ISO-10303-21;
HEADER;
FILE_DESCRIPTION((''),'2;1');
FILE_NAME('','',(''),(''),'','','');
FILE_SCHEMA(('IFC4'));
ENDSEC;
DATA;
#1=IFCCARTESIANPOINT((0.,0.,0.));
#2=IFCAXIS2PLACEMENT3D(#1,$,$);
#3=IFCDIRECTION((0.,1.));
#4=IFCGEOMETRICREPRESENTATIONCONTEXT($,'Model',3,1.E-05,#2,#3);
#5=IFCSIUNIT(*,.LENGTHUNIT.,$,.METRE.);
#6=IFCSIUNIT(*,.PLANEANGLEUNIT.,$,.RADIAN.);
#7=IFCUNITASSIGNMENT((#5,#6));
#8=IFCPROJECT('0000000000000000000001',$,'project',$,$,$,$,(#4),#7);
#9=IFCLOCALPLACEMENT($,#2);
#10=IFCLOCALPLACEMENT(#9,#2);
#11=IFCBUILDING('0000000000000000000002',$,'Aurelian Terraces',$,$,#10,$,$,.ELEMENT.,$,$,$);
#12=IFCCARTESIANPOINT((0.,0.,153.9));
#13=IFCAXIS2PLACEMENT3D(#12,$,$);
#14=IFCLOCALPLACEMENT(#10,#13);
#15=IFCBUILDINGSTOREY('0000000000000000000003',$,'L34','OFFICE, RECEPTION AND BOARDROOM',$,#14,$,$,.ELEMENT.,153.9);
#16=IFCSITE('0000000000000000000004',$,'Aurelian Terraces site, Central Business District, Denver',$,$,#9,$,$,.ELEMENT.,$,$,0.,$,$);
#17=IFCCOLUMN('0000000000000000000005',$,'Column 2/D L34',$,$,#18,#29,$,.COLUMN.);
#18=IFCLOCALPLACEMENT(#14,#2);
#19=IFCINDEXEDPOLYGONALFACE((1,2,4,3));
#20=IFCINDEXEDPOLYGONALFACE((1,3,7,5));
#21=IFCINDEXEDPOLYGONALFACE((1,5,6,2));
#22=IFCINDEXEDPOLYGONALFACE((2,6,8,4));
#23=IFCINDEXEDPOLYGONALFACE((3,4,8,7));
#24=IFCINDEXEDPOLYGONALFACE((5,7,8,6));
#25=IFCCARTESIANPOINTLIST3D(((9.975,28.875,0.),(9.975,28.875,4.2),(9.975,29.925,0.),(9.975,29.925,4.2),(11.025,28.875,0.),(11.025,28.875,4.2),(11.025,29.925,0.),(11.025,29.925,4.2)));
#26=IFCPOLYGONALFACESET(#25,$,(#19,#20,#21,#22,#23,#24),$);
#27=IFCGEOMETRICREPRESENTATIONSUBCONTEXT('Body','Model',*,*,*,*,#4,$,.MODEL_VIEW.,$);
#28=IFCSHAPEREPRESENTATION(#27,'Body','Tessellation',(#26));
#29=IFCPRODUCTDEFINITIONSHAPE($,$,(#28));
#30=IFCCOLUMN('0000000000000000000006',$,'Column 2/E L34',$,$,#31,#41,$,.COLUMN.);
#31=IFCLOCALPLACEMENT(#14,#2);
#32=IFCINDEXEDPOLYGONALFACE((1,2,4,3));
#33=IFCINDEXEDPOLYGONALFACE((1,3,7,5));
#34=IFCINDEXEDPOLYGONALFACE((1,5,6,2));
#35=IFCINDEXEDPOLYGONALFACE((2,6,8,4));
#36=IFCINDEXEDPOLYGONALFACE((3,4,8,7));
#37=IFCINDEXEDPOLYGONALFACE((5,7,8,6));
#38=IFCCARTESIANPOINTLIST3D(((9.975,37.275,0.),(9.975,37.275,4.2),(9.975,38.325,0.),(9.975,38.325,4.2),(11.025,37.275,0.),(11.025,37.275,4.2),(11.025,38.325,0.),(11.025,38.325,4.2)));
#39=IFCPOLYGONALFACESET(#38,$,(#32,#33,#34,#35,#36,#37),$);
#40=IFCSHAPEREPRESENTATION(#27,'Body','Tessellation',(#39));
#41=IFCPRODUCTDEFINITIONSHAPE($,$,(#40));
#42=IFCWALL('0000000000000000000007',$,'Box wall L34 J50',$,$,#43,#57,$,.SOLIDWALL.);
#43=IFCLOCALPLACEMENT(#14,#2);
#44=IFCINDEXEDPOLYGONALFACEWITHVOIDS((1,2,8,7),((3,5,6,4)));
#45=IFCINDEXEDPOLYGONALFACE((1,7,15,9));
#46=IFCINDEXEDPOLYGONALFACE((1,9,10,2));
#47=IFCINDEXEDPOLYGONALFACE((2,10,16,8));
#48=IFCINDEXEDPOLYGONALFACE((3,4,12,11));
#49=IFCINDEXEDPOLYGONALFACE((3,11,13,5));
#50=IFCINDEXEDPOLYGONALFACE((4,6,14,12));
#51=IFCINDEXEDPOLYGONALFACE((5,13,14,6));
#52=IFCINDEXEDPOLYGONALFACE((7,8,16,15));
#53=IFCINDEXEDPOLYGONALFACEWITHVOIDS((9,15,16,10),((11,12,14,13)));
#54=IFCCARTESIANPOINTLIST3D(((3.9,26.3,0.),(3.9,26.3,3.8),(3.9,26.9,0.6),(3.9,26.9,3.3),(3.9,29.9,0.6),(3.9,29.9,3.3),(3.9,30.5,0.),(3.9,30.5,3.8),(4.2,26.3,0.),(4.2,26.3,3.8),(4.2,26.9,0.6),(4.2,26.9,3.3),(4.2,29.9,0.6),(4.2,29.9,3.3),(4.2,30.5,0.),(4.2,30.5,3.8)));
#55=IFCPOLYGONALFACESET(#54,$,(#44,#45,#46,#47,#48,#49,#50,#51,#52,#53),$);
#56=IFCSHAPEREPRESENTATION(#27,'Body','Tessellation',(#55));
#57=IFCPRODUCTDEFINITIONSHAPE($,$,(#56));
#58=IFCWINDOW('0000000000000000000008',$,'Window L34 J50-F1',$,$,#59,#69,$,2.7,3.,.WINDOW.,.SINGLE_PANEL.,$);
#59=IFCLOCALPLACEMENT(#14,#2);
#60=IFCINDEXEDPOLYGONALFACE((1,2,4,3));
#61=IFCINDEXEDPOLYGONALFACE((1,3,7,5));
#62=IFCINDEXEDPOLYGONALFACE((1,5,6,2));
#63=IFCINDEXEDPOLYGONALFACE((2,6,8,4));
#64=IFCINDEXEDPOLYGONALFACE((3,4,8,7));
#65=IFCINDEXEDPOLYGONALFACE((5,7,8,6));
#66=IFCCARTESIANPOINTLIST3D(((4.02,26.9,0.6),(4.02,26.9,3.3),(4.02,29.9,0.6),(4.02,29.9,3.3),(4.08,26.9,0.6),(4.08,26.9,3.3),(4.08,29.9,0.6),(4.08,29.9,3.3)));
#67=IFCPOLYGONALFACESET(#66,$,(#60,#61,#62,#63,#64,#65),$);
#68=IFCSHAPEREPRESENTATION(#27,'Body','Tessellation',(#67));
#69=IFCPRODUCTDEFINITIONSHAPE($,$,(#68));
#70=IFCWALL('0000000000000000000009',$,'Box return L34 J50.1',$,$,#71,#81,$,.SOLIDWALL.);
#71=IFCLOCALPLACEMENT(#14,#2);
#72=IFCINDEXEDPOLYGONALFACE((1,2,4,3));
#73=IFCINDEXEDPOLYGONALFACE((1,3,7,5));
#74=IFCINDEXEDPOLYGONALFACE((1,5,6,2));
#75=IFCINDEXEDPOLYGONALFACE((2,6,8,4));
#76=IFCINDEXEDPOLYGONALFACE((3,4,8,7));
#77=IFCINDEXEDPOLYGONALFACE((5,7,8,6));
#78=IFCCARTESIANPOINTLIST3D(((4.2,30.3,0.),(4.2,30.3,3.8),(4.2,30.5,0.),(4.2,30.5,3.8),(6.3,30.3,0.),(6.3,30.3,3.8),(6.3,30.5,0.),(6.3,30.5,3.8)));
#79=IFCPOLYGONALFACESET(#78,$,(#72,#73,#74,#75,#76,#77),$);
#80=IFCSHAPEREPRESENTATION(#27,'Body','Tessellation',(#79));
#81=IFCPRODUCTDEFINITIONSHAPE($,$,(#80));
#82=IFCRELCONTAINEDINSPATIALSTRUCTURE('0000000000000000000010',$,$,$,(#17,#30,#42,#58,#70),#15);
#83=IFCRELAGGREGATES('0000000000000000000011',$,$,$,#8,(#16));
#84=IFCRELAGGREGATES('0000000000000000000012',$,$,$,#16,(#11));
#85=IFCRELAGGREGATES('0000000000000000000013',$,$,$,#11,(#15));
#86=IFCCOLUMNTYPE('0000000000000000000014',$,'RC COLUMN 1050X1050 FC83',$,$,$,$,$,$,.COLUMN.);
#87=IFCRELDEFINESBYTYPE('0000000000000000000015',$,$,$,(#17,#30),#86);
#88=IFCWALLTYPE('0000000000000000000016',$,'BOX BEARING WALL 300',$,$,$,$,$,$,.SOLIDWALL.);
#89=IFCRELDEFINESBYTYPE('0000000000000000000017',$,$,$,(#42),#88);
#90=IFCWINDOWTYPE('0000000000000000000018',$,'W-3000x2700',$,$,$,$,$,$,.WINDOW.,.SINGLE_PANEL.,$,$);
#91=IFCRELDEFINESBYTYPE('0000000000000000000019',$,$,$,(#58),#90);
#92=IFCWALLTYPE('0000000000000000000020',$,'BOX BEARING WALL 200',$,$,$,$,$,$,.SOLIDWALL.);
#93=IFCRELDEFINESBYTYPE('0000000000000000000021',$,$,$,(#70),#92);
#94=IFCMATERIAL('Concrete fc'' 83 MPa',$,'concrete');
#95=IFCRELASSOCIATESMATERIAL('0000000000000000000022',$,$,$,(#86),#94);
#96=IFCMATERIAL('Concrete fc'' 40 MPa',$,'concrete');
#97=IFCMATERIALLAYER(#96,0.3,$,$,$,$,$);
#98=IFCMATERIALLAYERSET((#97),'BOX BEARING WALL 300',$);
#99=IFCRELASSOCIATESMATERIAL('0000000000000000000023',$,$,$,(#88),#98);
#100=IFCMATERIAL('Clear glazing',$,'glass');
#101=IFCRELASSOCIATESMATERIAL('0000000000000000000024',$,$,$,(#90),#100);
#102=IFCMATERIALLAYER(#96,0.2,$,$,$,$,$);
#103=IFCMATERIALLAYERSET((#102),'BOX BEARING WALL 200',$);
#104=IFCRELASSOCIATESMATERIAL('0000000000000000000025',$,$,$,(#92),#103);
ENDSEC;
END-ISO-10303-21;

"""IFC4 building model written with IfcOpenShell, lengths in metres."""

from ifc_helpers import new_model, si_unit, direction, frame, frame_2d, origin, origin_2d, place, context, subcontext, project, spatial, rectangle, extrude, source, transform, mapped, material, layer, layer_set, material_profile, profile_set, type_object, element, fill, save


model = new_model("IFC4")

# Units and contexts
model_context = context("Model", 3, precision=1e-05, world=origin(), true_north=direction((0.0, 1.0)))
body_context = subcontext(model_context, "Body", "Model", "MODEL_VIEW")
ifc_project = project(units=[si_unit("LENGTHUNIT", "METRE"), si_unit("PLANEANGLEUNIT", "RADIAN")], contexts=[model_context])

# Site, building, storey
site_placement = place(None, origin())
site = spatial("IfcSite", under=ifc_project, at=site_placement, Name="Aurelian Terraces site, Central Business District, Denver", CompositionType="ELEMENT", RefElevation=0.0)
building_placement = place(site_placement, origin())
building = spatial("IfcBuilding", under=site, at=building_placement, Name="Aurelian Terraces", CompositionType="ELEMENT")
storey_placement = place(building_placement, frame((0.0, 0.0, 153.9)))
storey = spatial("IfcBuildingStorey", under=building, at=storey_placement, Name="L34", Description="OFFICE, RECEPTION AND BOARDROOM", CompositionType="ELEMENT", Elevation=153.9)

# Columns
ifc_material_1 = material(Name="Concrete fc' 83 MPa", Category="concrete")
ifc_material_profile = material_profile(ifc_material_1, rectangle(XDim=1.05, YDim=1.05, at=origin_2d()))
ifc_profile_set = profile_set([ifc_material_profile], Name="Concrete fc' 83 MPa")
column_type = type_object("IfcColumnType", Name="RC COLUMN 1050X1050 FC83", PredefinedType="COLUMN", material=ifc_profile_set)
shared_shape_1 = source(origin(), body_context, "Body", "SweptSolid", [
    extrude(rectangle(XDim=1.05, YDim=1.05, at=origin_2d()), origin(), (0.0, 0.0, 1.0), 4.2),
])
for number, where, z_axis, x_axis, name in (
    (1, (10.5, 29.4, 0.0), (0.0, 0.0, 1.0), (1.0, 0.0, 0.0), "Column 2/D L34"),
    (2, (10.5, 37.8, 0.0), (0.0, 0.0, 1.0), (1.0, 0.0, 0.0), "Column 2/E L34"),
):
    element("IfcColumn", number, at=place(storey_placement, frame(where, z_axis=z_axis, x_axis=x_axis)), inside=storey, type_object=column_type, Name=name, PredefinedType="COLUMN", context=body_context, shape_type="MappedRepresentation", body=[
        mapped(shared_shape_1, transform((0.0, 0.0, 0.0), scale=1.0)),
    ])

# Wall, opening, window
ifc_material_2 = material(Name="Concrete fc' 40 MPa", Category="concrete")
ifc_layer_1 = layer(ifc_material_2, 0.3)
ifc_layer_set_1 = layer_set([ifc_layer_1], Name="BOX BEARING WALL 300")
wall_type_1 = type_object("IfcWallType", Name="BOX BEARING WALL 300", PredefinedType="SOLIDWALL", material=ifc_layer_set_1)
shared_shape_2 = source(origin(), body_context, "Body", "SweptSolid", [
    extrude(rectangle(XDim=4.2, YDim=0.3, at=frame_2d((2.1, 0.0))), origin(), (0.0, 0.0, 1.0), 3.8),
])
wall_1_placement = place(storey_placement, frame((4.05, 30.5, 0.0), z_axis=(0.0, 0.0, 1.0), x_axis=(0.0, -1.0, 0.0)))
wall_1 = element("IfcWall", 3, at=wall_1_placement, inside=storey, type_object=wall_type_1, Name="Box wall L34 J50", PredefinedType="SOLIDWALL", context=body_context, shape_type="MappedRepresentation", body=[
    mapped(shared_shape_2, transform((0.0, 0.0, 0.0), scale=1.0)),
])
shared_shape_3 = source(origin(), body_context, "Body", "SweptSolid", [
    extrude(rectangle(XDim=3.0, YDim=2.7, at=frame_2d((1.5, 1.35))), frame((0.0, 0.16, 0.0), z_axis=(0.0, -1.0, 0.0), x_axis=(1.0, 0.0, 0.0)), (0.0, 0.0, 1.0), 0.32),
])
opening_1_placement = place(wall_1_placement, frame((0.6, 0.0, 0.6)))
opening_1 = element("IfcOpeningElement", 4, at=opening_1_placement, cuts=wall_1, PredefinedType="OPENING", context=body_context, shape_type="MappedRepresentation", body=[
    mapped(shared_shape_3, transform((0.0, 0.0, 0.0), scale=1.0)),
])
ifc_material_3 = material(Name="Clear glazing", Category="glass")
window_type_1 = type_object("IfcWindowType", Name="W-3000x2700", PartitioningType="SINGLE_PANEL", PredefinedType="WINDOW", material=ifc_material_3)
shared_shape_4 = source(origin(), body_context, "Body", "SweptSolid", [
    extrude(rectangle(XDim=3.0, YDim=2.7, at=frame_2d((1.5, 1.35))), frame((0.0, 0.03, 0.0), z_axis=(0.0, -1.0, 0.0), x_axis=(1.0, 0.0, 0.0)), (0.0, 0.0, 1.0), 0.06),
])
window_1_placement = place(opening_1_placement, origin())
window_1 = element("IfcWindow", 5, at=window_1_placement, inside=storey, type_object=window_type_1, Name="Window L34 J50-F1", OverallHeight=2.7, OverallWidth=3.0, PartitioningType="SINGLE_PANEL", PredefinedType="WINDOW", context=body_context, shape_type="MappedRepresentation", body=[
    mapped(shared_shape_4, transform((0.0, 0.0, 0.0), scale=1.0)),
])
fill(opening_1, window_1)

# Wall
ifc_layer_2 = layer(ifc_material_2, 0.2)
ifc_layer_set_2 = layer_set([ifc_layer_2], Name="BOX BEARING WALL 200")
wall_type_2 = type_object("IfcWallType", Name="BOX BEARING WALL 200", PredefinedType="SOLIDWALL", material=ifc_layer_set_2)
shared_shape_5 = source(origin(), body_context, "Body", "SweptSolid", [
    extrude(rectangle(XDim=2.1, YDim=0.2, at=frame_2d((1.05, 0.0))), origin(), (0.0, 0.0, 1.0), 3.8),
])
wall_2_placement = place(storey_placement, frame((6.3, 30.4, 0.0), z_axis=(0.0, 0.0, 1.0), x_axis=(-1.0, 0.0, 0.0)))
element("IfcWall", 6, at=wall_2_placement, inside=storey, type_object=wall_type_2, Name="Box return L34 J50.1", PredefinedType="SOLIDWALL", context=body_context, shape_type="MappedRepresentation", body=[
    mapped(shared_shape_5, transform((0.0, 0.0, 0.0), scale=1.0)),
])

save(model, "model.ifc")
